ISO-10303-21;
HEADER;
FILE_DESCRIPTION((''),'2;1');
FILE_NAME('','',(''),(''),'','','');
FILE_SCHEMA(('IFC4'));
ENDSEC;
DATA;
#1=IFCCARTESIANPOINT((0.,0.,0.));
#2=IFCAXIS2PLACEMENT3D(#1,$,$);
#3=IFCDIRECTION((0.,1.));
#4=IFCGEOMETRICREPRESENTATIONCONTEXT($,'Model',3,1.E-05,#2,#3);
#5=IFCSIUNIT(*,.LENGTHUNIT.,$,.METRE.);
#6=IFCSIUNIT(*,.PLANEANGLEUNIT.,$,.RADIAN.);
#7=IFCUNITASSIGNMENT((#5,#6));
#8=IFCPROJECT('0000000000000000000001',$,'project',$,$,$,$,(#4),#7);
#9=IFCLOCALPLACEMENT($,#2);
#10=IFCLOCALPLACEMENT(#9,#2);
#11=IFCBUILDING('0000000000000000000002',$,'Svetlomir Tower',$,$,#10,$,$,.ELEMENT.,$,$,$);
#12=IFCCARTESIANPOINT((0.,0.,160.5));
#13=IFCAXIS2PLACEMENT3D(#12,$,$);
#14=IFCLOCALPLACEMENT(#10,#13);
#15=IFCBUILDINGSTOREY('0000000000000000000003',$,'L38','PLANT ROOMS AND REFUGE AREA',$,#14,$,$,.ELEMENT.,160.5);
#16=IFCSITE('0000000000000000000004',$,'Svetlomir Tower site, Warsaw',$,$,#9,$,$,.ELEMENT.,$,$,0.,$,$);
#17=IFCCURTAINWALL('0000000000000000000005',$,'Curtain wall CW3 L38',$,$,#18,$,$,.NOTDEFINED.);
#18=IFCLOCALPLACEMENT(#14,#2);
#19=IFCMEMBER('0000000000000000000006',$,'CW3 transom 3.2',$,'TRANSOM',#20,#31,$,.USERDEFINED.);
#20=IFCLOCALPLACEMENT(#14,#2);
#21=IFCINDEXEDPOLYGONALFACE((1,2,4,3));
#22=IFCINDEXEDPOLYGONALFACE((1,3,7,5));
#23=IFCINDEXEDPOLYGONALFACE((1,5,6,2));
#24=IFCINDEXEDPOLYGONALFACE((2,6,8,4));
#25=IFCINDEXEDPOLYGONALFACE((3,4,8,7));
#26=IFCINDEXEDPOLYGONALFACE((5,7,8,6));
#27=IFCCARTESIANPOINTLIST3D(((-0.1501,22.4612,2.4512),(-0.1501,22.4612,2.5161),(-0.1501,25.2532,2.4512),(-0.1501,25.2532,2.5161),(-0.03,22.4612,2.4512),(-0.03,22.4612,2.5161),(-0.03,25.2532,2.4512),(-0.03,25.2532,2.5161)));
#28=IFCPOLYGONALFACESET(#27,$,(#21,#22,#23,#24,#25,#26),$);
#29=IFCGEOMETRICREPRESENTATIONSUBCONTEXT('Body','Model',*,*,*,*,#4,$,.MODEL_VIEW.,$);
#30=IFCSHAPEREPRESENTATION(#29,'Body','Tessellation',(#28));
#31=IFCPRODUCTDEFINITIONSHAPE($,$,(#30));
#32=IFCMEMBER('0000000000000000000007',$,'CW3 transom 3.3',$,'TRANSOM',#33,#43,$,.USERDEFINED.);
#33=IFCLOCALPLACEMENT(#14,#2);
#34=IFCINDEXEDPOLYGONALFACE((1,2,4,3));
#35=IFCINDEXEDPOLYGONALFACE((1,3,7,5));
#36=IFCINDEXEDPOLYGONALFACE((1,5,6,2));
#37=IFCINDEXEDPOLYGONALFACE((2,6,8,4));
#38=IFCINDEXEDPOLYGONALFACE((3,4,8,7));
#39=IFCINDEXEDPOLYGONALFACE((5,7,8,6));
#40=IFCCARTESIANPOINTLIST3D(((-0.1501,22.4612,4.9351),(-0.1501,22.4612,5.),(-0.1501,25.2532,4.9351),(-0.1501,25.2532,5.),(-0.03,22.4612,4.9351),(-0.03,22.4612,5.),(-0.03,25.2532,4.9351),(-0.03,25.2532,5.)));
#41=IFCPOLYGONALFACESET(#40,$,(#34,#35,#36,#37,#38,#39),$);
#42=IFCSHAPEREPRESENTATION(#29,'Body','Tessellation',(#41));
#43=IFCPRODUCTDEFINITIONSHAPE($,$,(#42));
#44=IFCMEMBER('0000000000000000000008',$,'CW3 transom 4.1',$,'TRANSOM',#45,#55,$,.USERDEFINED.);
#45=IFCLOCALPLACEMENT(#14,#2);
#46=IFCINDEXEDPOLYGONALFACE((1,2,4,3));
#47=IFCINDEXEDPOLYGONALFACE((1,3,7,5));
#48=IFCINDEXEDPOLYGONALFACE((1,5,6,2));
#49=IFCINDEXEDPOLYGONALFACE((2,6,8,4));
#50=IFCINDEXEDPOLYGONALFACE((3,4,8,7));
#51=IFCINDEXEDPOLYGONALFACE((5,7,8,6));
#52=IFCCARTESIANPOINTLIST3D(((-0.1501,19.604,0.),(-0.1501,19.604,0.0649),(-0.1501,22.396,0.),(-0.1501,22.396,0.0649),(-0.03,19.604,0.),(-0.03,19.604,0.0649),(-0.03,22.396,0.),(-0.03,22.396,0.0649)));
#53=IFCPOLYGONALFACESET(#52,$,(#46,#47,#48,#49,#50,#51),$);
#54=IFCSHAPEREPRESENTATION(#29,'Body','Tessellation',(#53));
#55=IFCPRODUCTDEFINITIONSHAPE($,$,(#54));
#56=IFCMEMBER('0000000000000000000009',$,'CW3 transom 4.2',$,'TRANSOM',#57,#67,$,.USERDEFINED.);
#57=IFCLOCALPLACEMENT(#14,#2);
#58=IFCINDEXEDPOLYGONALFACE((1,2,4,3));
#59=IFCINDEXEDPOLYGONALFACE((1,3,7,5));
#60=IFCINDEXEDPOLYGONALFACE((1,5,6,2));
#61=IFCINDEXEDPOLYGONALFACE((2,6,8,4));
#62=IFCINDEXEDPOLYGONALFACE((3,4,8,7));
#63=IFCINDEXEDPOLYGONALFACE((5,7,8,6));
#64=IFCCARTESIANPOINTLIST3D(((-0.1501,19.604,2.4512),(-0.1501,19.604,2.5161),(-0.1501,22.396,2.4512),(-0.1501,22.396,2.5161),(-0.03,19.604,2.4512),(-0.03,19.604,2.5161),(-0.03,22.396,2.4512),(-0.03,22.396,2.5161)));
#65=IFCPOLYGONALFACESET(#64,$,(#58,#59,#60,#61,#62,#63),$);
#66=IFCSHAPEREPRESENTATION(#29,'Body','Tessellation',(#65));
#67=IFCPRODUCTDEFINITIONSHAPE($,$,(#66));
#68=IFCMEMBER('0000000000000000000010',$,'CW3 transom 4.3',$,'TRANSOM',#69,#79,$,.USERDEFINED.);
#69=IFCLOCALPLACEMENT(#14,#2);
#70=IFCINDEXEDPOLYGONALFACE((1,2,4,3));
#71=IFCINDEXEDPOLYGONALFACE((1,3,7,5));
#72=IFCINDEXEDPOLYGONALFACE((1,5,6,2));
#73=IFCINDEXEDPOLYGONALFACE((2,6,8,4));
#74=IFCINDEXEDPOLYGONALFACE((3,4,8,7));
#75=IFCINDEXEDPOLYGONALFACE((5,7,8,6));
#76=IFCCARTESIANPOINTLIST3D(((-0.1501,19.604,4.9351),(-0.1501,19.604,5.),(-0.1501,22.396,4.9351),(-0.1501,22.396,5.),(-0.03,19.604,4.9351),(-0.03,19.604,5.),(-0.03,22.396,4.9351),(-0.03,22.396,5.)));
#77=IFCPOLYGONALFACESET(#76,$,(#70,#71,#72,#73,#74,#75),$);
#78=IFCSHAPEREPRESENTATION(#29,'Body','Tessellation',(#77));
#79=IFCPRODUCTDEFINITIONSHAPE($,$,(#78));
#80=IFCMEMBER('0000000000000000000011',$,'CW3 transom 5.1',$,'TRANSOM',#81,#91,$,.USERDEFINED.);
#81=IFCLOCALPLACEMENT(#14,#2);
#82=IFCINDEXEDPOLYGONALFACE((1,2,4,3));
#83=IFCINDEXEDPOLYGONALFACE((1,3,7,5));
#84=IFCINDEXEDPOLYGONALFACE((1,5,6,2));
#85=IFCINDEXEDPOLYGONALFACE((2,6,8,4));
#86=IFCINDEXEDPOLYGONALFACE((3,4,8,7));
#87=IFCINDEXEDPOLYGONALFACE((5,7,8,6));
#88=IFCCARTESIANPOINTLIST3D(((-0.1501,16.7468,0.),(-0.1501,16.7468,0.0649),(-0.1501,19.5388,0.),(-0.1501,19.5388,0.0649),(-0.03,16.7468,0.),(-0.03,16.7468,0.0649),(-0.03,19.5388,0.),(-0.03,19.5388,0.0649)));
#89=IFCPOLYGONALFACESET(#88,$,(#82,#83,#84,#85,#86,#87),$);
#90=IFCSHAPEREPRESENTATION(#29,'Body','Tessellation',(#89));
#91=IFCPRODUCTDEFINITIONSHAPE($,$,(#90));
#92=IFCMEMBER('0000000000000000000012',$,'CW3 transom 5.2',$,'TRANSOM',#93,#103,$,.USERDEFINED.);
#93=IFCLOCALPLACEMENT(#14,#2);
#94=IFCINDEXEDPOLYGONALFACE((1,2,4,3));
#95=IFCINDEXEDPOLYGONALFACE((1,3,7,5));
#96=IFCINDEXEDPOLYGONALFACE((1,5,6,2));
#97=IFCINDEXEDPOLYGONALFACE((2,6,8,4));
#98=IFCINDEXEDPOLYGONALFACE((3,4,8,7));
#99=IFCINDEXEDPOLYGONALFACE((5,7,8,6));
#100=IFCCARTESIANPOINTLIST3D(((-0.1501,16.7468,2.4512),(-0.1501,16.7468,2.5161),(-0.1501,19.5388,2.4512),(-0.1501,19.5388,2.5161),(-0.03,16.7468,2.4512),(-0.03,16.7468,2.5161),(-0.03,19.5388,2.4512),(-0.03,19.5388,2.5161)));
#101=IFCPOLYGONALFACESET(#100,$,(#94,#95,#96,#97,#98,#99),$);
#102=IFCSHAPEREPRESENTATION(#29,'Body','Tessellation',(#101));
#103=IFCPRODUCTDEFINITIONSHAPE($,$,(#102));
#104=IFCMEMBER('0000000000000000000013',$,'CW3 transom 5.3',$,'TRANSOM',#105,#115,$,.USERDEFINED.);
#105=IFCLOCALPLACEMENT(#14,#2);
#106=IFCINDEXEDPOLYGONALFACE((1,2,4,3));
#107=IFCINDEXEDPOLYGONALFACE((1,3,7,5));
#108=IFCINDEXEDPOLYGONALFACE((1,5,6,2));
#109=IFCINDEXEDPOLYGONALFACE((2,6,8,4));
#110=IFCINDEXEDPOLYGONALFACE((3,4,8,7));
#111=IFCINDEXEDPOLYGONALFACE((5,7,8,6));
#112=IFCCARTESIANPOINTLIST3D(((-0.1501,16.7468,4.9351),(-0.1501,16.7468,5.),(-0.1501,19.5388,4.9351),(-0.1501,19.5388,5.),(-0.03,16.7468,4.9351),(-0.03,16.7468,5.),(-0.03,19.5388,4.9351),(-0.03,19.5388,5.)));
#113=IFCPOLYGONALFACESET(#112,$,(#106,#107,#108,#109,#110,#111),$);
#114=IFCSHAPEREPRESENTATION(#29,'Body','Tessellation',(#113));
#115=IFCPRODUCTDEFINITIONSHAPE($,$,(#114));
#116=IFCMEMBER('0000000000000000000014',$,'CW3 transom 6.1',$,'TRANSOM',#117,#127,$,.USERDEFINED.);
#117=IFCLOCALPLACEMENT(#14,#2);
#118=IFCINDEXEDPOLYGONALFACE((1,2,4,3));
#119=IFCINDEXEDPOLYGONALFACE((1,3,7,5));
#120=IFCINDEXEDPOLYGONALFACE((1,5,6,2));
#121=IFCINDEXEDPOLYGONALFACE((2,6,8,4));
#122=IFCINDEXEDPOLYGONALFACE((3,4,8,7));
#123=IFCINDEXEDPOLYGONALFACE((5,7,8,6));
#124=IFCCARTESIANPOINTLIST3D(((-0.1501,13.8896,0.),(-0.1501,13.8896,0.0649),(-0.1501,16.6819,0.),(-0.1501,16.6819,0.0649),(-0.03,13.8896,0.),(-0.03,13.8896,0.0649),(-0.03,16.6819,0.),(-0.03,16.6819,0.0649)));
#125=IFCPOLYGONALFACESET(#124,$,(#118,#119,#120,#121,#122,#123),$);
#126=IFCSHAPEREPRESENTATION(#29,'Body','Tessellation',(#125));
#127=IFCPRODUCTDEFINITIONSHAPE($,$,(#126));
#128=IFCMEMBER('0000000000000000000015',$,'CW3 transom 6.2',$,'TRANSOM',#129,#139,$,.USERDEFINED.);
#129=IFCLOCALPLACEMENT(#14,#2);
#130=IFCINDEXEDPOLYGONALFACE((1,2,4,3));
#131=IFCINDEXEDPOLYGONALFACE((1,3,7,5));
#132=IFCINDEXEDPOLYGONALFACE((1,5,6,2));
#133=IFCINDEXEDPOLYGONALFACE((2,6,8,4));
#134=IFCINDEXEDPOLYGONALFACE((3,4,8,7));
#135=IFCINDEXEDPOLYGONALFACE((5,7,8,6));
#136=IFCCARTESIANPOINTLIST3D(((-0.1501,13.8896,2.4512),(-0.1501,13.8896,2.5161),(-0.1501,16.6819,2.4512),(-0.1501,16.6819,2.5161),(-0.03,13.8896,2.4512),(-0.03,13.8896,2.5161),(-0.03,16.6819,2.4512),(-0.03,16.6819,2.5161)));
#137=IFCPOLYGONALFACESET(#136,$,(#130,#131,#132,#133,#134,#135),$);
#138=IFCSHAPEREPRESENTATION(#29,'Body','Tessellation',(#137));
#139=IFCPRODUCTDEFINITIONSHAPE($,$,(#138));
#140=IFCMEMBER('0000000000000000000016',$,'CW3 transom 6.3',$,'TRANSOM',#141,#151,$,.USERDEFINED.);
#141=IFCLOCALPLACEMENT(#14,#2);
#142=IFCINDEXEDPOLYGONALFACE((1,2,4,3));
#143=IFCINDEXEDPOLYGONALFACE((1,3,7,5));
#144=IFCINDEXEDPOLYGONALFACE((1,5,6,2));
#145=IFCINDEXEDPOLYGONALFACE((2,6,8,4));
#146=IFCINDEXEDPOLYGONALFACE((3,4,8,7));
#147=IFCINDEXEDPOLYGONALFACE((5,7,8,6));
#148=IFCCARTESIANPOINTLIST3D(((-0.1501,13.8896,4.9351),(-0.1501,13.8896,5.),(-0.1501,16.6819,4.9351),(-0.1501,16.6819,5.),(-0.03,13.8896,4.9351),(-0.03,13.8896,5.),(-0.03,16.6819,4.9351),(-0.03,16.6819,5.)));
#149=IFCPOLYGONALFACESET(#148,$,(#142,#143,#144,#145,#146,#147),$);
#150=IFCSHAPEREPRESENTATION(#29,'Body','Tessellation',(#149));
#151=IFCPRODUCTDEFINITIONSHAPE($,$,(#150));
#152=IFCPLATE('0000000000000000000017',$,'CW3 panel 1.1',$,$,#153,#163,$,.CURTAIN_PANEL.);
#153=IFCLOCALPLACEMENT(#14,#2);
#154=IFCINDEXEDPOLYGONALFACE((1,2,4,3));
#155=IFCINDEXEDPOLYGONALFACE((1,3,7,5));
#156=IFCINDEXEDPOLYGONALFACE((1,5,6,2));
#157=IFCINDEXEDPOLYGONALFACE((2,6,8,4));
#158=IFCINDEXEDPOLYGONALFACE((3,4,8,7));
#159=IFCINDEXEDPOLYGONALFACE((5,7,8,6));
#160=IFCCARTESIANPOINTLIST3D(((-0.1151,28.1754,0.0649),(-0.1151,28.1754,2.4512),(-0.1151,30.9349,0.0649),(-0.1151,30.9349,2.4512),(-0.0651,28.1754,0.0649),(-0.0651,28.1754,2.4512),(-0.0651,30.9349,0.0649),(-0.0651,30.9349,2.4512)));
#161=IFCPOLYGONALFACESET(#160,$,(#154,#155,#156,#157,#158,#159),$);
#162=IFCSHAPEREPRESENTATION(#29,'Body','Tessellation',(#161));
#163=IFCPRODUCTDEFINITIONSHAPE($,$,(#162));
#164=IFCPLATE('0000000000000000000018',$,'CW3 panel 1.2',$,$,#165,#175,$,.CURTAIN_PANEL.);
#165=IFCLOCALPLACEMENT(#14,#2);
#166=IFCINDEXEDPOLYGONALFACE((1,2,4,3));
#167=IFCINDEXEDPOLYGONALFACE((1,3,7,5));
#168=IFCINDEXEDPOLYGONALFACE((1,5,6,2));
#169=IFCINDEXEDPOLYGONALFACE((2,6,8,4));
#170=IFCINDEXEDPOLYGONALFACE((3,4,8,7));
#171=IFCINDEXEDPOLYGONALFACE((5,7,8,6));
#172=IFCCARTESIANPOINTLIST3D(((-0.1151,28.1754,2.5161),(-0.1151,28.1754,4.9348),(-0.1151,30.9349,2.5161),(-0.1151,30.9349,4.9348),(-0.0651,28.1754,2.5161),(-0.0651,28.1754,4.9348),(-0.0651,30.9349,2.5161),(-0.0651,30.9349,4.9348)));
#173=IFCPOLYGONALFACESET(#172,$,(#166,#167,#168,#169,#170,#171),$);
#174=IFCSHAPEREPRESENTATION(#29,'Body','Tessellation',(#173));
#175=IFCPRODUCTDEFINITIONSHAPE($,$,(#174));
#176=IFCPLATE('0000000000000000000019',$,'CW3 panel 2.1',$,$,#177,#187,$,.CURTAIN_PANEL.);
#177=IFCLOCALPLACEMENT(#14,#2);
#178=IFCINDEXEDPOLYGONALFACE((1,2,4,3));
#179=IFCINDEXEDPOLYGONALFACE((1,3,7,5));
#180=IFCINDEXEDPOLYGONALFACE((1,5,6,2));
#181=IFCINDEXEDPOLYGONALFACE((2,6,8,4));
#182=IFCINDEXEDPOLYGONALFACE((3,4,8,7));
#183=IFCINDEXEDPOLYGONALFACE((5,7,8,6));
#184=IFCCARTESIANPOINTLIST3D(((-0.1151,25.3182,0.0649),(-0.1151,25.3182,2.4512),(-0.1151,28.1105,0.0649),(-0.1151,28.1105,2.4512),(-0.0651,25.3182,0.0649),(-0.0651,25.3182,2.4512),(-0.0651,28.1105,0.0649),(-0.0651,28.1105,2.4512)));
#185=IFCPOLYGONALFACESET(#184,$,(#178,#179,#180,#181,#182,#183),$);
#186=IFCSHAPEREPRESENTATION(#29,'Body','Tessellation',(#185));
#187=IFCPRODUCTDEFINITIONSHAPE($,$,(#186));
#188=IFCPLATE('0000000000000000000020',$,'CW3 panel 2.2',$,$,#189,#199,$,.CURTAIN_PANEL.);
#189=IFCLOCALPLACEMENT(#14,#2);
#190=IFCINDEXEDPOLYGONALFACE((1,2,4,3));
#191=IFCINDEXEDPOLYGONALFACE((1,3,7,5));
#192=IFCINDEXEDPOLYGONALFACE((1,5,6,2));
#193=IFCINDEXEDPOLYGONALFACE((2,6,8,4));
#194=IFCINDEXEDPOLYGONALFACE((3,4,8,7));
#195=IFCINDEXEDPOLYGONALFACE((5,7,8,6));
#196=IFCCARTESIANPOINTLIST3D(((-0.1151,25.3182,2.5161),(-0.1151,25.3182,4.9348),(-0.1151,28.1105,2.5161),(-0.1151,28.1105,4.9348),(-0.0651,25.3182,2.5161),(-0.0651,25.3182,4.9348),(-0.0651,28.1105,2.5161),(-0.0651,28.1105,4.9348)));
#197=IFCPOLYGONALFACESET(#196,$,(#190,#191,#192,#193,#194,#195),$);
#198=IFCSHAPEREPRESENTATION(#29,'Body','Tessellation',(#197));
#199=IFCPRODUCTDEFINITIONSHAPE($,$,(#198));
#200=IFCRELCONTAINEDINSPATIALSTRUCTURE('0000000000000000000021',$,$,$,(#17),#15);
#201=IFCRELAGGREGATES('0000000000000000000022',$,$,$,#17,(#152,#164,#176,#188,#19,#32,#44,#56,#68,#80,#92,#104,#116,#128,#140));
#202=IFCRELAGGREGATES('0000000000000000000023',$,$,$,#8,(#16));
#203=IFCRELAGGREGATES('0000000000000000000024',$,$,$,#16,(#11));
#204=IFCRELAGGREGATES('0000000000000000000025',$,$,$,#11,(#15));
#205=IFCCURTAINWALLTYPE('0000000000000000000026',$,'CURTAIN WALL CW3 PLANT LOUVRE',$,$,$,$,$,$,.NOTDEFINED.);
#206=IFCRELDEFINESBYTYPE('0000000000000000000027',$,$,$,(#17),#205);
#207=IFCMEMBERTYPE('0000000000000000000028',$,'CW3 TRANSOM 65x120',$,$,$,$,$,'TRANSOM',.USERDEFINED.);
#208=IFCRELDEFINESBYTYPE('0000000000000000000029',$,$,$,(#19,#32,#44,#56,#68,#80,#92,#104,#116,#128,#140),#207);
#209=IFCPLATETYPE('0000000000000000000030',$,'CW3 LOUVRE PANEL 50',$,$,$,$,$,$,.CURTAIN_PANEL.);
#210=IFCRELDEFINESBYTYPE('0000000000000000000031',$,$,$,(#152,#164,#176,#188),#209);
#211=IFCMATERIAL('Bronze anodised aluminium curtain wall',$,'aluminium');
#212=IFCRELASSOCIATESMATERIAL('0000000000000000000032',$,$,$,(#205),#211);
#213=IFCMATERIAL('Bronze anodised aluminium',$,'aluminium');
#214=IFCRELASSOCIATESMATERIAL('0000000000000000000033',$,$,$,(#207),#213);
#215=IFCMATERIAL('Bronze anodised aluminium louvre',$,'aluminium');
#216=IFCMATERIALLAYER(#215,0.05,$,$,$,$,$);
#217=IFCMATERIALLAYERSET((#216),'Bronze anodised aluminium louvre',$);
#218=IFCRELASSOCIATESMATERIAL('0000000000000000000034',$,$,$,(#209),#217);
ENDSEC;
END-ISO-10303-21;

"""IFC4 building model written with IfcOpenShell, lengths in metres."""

from ifc_helpers import new_model, si_unit, direction, frame, origin, origin_2d, place, context, subcontext, project, spatial, rectangle, extrude, material, layer, layer_set, material_profile, profile_set, type_object, element, aggregate, save


model = new_model("IFC4")

# Units and contexts
model_context = context("Model", 3, precision=1e-05, world=origin(), true_north=direction((0.0, 1.0)))
body_context = subcontext(model_context, "Body", "Model", "MODEL_VIEW")
ifc_project = project(units=[si_unit("LENGTHUNIT", "METRE"), si_unit("PLANEANGLEUNIT", "RADIAN")], contexts=[model_context])

# Site, building, storey
site_placement = place(None, origin())
site = spatial("IfcSite", under=ifc_project, at=site_placement, Name="Svetlomir Tower site, Warsaw", CompositionType="ELEMENT", RefElevation=0.0)
building_placement = place(site_placement, origin())
building = spatial("IfcBuilding", under=site, at=building_placement, Name="Svetlomir Tower", CompositionType="ELEMENT")
storey_placement = place(building_placement, frame((0.0, 0.0, 160.5)))
storey = spatial("IfcBuildingStorey", under=building, at=storey_placement, Name="L38", Description="PLANT ROOMS AND REFUGE AREA", CompositionType="ELEMENT", Elevation=160.5)

# Curtain wall, members, plates
ifc_material_1 = material(Name="Bronze anodised aluminium curtain wall", Category="aluminium")
curtain_wall_type = type_object("IfcCurtainWallType", Name="CURTAIN WALL CW3 PLANT LOUVRE", PredefinedType="NOTDEFINED", material=ifc_material_1)
curtain_wall_placement = place(storey_placement, origin())
curtain_wall = element("IfcCurtainWall", 1, at=curtain_wall_placement, inside=storey, type_object=curtain_wall_type, Name="Curtain wall CW3 L38", PredefinedType="NOTDEFINED")
ifc_material_2 = material(Name="Bronze anodised aluminium", Category="aluminium")
ifc_material_profile_1 = material_profile(ifc_material_2, rectangle(XDim=0.1201, YDim=0.0649, at=origin_2d()), Name="AL 120x65")
ifc_profile_set_1 = profile_set([ifc_material_profile_1], Name="Bronze anodised aluminium 6063-T6")
member_type_1 = type_object("IfcMemberType", Name="CW3 TRANSOM 65x120", ElementType="TRANSOM", PredefinedType="USERDEFINED", material=ifc_profile_set_1)
member_1_placement = place(storey_placement, frame((-0.0901, 25.2532, 2.4836), z_axis=(0.0, -1.0, 0.0), x_axis=(1.0, 0.0, 0.0)))
member_1 = element("IfcMember", 2, at=member_1_placement, type_object=member_type_1, Name="CW3 transom 3.2", ObjectType="TRANSOM", PredefinedType="USERDEFINED", context=body_context, shape_type="SweptSolid", body=[
    extrude(rectangle(XDim=0.1201, YDim=0.0649, at=origin_2d()), origin(), (0.0, 0.0, 1.0), 2.792),
])
member_2_placement = place(storey_placement, frame((-0.0901, 25.2532, 4.9675), z_axis=(0.0, -1.0, 0.0), x_axis=(1.0, 0.0, 0.0)))
member_2 = element("IfcMember", 3, at=member_2_placement, type_object=member_type_1, Name="CW3 transom 3.3", ObjectType="TRANSOM", PredefinedType="USERDEFINED", context=body_context, shape_type="SweptSolid", body=[
    extrude(rectangle(XDim=0.1201, YDim=0.0649, at=origin_2d()), origin(), (0.0, 0.0, 1.0), 2.792),
])
member_3_placement = place(storey_placement, frame((-0.0901, 22.396, 0.0325), z_axis=(0.0, -1.0, 0.0), x_axis=(1.0, 0.0, 0.0)))
member_3 = element("IfcMember", 4, at=member_3_placement, type_object=member_type_1, Name="CW3 transom 4.1", ObjectType="TRANSOM", PredefinedType="USERDEFINED", context=body_context, shape_type="SweptSolid", body=[
    extrude(rectangle(XDim=0.1201, YDim=0.0649, at=origin_2d()), origin(), (0.0, 0.0, 1.0), 2.792),
])
member_4_placement = place(storey_placement, frame((-0.0901, 22.396, 2.4836), z_axis=(0.0, -1.0, 0.0), x_axis=(1.0, 0.0, 0.0)))
member_4 = element("IfcMember", 5, at=member_4_placement, type_object=member_type_1, Name="CW3 transom 4.2", ObjectType="TRANSOM", PredefinedType="USERDEFINED", context=body_context, shape_type="SweptSolid", body=[
    extrude(rectangle(XDim=0.1201, YDim=0.0649, at=origin_2d()), origin(), (0.0, 0.0, 1.0), 2.792),
])
member_5_placement = place(storey_placement, frame((-0.0901, 22.396, 4.9675), z_axis=(0.0, -1.0, 0.0), x_axis=(1.0, 0.0, 0.0)))
member_5 = element("IfcMember", 6, at=member_5_placement, type_object=member_type_1, Name="CW3 transom 4.3", ObjectType="TRANSOM", PredefinedType="USERDEFINED", context=body_context, shape_type="SweptSolid", body=[
    extrude(rectangle(XDim=0.1201, YDim=0.0649, at=origin_2d()), origin(), (0.0, 0.0, 1.0), 2.792),
])
member_6_placement = place(storey_placement, frame((-0.0901, 19.5388, 0.0325), z_axis=(0.0, -1.0, 0.0), x_axis=(1.0, 0.0, 0.0)))
member_6 = element("IfcMember", 7, at=member_6_placement, type_object=member_type_1, Name="CW3 transom 5.1", ObjectType="TRANSOM", PredefinedType="USERDEFINED", context=body_context, shape_type="SweptSolid", body=[
    extrude(rectangle(XDim=0.1201, YDim=0.0649, at=origin_2d()), origin(), (0.0, 0.0, 1.0), 2.792),
])
member_7_placement = place(storey_placement, frame((-0.0901, 19.5388, 2.4836), z_axis=(0.0, -1.0, 0.0), x_axis=(1.0, 0.0, 0.0)))
member_7 = element("IfcMember", 8, at=member_7_placement, type_object=member_type_1, Name="CW3 transom 5.2", ObjectType="TRANSOM", PredefinedType="USERDEFINED", context=body_context, shape_type="SweptSolid", body=[
    extrude(rectangle(XDim=0.1201, YDim=0.0649, at=origin_2d()), origin(), (0.0, 0.0, 1.0), 2.792),
])
member_8_placement = place(storey_placement, frame((-0.0901, 19.5388, 4.9675), z_axis=(0.0, -1.0, 0.0), x_axis=(1.0, 0.0, 0.0)))
member_8 = element("IfcMember", 9, at=member_8_placement, type_object=member_type_1, Name="CW3 transom 5.3", ObjectType="TRANSOM", PredefinedType="USERDEFINED", context=body_context, shape_type="SweptSolid", body=[
    extrude(rectangle(XDim=0.1201, YDim=0.0649, at=origin_2d()), origin(), (0.0, 0.0, 1.0), 2.792),
])
member_9_placement = place(storey_placement, frame((-0.0901, 16.6819, 0.0325), z_axis=(0.0, -1.0, 0.0), x_axis=(1.0, 0.0, 0.0)))
member_9 = element("IfcMember", 10, at=member_9_placement, type_object=member_type_1, Name="CW3 transom 6.1", ObjectType="TRANSOM", PredefinedType="USERDEFINED", context=body_context, shape_type="SweptSolid", body=[
    extrude(rectangle(XDim=0.1201, YDim=0.0649, at=origin_2d()), origin(), (0.0, 0.0, 1.0), 2.7922),
])
member_10_placement = place(storey_placement, frame((-0.0901, 16.6819, 2.4836), z_axis=(0.0, -1.0, 0.0), x_axis=(1.0, 0.0, 0.0)))
member_10 = element("IfcMember", 11, at=member_10_placement, type_object=member_type_1, Name="CW3 transom 6.2", ObjectType="TRANSOM", PredefinedType="USERDEFINED", context=body_context, shape_type="SweptSolid", body=[
    extrude(rectangle(XDim=0.1201, YDim=0.0649, at=origin_2d()), origin(), (0.0, 0.0, 1.0), 2.7922),
])
member_11_placement = place(storey_placement, frame((-0.0901, 16.6819, 4.9675), z_axis=(0.0, -1.0, 0.0), x_axis=(1.0, 0.0, 0.0)))
member_11 = element("IfcMember", 12, at=member_11_placement, type_object=member_type_1, Name="CW3 transom 6.3", ObjectType="TRANSOM", PredefinedType="USERDEFINED", context=body_context, shape_type="SweptSolid", body=[
    extrude(rectangle(XDim=0.1201, YDim=0.0649, at=origin_2d()), origin(), (0.0, 0.0, 1.0), 2.7922),
])
ifc_material_3 = material(Name="Bronze anodised aluminium louvre", Category="aluminium")
ifc_layer = layer(ifc_material_3, 0.05)
ifc_layer_set = layer_set([ifc_layer], Name="Bronze anodised aluminium louvre")
plate_type = type_object("IfcPlateType", Name="CW3 LOUVRE PANEL 50", PredefinedType="CURTAIN_PANEL", material=ifc_layer_set)
plate_1_placement = place(storey_placement, frame((-0.0901, 29.5552, 0.0649), z_axis=(0.0, 0.0, 1.0), x_axis=(0.0, -1.0, 0.0)))
plate_1 = element("IfcPlate", 13, at=plate_1_placement, type_object=plate_type, Name="CW3 panel 1.1", PredefinedType="CURTAIN_PANEL", context=body_context, shape_type="SweptSolid", body=[
    extrude(rectangle(XDim=2.7595, YDim=0.05, at=origin_2d()), origin(), (0.0, 0.0, 1.0), 2.3862),
])
plate_2_placement = place(storey_placement, frame((-0.0901, 29.5552, 2.5161), z_axis=(0.0, 0.0, 1.0), x_axis=(0.0, -1.0, 0.0)))
plate_2 = element("IfcPlate", 14, at=plate_2_placement, type_object=plate_type, Name="CW3 panel 1.2", PredefinedType="CURTAIN_PANEL", context=body_context, shape_type="SweptSolid", body=[
    extrude(rectangle(XDim=2.7595, YDim=0.05, at=origin_2d()), origin(), (0.0, 0.0, 1.0), 2.4187),
])
plate_3_placement = place(storey_placement, frame((-0.0901, 26.7144, 0.0649), z_axis=(0.0, 0.0, 1.0), x_axis=(0.0, -1.0, 0.0)))
plate_3 = element("IfcPlate", 15, at=plate_3_placement, type_object=plate_type, Name="CW3 panel 2.1", PredefinedType="CURTAIN_PANEL", context=body_context, shape_type="SweptSolid", body=[
    extrude(rectangle(XDim=2.7922, YDim=0.05, at=origin_2d()), origin(), (0.0, 0.0, 1.0), 2.3862),
])
plate_4_placement = place(storey_placement, frame((-0.0901, 26.7144, 2.5161), z_axis=(0.0, 0.0, 1.0), x_axis=(0.0, -1.0, 0.0)))
plate_4 = element("IfcPlate", 16, at=plate_4_placement, type_object=plate_type, Name="CW3 panel 2.2", PredefinedType="CURTAIN_PANEL", context=body_context, shape_type="SweptSolid", body=[
    extrude(rectangle(XDim=2.7922, YDim=0.05, at=origin_2d()), origin(), (0.0, 0.0, 1.0), 2.4187),
])
aggregate(curtain_wall, [plate_1, plate_2, plate_3, plate_4, member_1, member_2, member_3, member_4, member_5, member_6, member_7, member_8, member_9, member_10, member_11])

save(model, "model.ifc")
